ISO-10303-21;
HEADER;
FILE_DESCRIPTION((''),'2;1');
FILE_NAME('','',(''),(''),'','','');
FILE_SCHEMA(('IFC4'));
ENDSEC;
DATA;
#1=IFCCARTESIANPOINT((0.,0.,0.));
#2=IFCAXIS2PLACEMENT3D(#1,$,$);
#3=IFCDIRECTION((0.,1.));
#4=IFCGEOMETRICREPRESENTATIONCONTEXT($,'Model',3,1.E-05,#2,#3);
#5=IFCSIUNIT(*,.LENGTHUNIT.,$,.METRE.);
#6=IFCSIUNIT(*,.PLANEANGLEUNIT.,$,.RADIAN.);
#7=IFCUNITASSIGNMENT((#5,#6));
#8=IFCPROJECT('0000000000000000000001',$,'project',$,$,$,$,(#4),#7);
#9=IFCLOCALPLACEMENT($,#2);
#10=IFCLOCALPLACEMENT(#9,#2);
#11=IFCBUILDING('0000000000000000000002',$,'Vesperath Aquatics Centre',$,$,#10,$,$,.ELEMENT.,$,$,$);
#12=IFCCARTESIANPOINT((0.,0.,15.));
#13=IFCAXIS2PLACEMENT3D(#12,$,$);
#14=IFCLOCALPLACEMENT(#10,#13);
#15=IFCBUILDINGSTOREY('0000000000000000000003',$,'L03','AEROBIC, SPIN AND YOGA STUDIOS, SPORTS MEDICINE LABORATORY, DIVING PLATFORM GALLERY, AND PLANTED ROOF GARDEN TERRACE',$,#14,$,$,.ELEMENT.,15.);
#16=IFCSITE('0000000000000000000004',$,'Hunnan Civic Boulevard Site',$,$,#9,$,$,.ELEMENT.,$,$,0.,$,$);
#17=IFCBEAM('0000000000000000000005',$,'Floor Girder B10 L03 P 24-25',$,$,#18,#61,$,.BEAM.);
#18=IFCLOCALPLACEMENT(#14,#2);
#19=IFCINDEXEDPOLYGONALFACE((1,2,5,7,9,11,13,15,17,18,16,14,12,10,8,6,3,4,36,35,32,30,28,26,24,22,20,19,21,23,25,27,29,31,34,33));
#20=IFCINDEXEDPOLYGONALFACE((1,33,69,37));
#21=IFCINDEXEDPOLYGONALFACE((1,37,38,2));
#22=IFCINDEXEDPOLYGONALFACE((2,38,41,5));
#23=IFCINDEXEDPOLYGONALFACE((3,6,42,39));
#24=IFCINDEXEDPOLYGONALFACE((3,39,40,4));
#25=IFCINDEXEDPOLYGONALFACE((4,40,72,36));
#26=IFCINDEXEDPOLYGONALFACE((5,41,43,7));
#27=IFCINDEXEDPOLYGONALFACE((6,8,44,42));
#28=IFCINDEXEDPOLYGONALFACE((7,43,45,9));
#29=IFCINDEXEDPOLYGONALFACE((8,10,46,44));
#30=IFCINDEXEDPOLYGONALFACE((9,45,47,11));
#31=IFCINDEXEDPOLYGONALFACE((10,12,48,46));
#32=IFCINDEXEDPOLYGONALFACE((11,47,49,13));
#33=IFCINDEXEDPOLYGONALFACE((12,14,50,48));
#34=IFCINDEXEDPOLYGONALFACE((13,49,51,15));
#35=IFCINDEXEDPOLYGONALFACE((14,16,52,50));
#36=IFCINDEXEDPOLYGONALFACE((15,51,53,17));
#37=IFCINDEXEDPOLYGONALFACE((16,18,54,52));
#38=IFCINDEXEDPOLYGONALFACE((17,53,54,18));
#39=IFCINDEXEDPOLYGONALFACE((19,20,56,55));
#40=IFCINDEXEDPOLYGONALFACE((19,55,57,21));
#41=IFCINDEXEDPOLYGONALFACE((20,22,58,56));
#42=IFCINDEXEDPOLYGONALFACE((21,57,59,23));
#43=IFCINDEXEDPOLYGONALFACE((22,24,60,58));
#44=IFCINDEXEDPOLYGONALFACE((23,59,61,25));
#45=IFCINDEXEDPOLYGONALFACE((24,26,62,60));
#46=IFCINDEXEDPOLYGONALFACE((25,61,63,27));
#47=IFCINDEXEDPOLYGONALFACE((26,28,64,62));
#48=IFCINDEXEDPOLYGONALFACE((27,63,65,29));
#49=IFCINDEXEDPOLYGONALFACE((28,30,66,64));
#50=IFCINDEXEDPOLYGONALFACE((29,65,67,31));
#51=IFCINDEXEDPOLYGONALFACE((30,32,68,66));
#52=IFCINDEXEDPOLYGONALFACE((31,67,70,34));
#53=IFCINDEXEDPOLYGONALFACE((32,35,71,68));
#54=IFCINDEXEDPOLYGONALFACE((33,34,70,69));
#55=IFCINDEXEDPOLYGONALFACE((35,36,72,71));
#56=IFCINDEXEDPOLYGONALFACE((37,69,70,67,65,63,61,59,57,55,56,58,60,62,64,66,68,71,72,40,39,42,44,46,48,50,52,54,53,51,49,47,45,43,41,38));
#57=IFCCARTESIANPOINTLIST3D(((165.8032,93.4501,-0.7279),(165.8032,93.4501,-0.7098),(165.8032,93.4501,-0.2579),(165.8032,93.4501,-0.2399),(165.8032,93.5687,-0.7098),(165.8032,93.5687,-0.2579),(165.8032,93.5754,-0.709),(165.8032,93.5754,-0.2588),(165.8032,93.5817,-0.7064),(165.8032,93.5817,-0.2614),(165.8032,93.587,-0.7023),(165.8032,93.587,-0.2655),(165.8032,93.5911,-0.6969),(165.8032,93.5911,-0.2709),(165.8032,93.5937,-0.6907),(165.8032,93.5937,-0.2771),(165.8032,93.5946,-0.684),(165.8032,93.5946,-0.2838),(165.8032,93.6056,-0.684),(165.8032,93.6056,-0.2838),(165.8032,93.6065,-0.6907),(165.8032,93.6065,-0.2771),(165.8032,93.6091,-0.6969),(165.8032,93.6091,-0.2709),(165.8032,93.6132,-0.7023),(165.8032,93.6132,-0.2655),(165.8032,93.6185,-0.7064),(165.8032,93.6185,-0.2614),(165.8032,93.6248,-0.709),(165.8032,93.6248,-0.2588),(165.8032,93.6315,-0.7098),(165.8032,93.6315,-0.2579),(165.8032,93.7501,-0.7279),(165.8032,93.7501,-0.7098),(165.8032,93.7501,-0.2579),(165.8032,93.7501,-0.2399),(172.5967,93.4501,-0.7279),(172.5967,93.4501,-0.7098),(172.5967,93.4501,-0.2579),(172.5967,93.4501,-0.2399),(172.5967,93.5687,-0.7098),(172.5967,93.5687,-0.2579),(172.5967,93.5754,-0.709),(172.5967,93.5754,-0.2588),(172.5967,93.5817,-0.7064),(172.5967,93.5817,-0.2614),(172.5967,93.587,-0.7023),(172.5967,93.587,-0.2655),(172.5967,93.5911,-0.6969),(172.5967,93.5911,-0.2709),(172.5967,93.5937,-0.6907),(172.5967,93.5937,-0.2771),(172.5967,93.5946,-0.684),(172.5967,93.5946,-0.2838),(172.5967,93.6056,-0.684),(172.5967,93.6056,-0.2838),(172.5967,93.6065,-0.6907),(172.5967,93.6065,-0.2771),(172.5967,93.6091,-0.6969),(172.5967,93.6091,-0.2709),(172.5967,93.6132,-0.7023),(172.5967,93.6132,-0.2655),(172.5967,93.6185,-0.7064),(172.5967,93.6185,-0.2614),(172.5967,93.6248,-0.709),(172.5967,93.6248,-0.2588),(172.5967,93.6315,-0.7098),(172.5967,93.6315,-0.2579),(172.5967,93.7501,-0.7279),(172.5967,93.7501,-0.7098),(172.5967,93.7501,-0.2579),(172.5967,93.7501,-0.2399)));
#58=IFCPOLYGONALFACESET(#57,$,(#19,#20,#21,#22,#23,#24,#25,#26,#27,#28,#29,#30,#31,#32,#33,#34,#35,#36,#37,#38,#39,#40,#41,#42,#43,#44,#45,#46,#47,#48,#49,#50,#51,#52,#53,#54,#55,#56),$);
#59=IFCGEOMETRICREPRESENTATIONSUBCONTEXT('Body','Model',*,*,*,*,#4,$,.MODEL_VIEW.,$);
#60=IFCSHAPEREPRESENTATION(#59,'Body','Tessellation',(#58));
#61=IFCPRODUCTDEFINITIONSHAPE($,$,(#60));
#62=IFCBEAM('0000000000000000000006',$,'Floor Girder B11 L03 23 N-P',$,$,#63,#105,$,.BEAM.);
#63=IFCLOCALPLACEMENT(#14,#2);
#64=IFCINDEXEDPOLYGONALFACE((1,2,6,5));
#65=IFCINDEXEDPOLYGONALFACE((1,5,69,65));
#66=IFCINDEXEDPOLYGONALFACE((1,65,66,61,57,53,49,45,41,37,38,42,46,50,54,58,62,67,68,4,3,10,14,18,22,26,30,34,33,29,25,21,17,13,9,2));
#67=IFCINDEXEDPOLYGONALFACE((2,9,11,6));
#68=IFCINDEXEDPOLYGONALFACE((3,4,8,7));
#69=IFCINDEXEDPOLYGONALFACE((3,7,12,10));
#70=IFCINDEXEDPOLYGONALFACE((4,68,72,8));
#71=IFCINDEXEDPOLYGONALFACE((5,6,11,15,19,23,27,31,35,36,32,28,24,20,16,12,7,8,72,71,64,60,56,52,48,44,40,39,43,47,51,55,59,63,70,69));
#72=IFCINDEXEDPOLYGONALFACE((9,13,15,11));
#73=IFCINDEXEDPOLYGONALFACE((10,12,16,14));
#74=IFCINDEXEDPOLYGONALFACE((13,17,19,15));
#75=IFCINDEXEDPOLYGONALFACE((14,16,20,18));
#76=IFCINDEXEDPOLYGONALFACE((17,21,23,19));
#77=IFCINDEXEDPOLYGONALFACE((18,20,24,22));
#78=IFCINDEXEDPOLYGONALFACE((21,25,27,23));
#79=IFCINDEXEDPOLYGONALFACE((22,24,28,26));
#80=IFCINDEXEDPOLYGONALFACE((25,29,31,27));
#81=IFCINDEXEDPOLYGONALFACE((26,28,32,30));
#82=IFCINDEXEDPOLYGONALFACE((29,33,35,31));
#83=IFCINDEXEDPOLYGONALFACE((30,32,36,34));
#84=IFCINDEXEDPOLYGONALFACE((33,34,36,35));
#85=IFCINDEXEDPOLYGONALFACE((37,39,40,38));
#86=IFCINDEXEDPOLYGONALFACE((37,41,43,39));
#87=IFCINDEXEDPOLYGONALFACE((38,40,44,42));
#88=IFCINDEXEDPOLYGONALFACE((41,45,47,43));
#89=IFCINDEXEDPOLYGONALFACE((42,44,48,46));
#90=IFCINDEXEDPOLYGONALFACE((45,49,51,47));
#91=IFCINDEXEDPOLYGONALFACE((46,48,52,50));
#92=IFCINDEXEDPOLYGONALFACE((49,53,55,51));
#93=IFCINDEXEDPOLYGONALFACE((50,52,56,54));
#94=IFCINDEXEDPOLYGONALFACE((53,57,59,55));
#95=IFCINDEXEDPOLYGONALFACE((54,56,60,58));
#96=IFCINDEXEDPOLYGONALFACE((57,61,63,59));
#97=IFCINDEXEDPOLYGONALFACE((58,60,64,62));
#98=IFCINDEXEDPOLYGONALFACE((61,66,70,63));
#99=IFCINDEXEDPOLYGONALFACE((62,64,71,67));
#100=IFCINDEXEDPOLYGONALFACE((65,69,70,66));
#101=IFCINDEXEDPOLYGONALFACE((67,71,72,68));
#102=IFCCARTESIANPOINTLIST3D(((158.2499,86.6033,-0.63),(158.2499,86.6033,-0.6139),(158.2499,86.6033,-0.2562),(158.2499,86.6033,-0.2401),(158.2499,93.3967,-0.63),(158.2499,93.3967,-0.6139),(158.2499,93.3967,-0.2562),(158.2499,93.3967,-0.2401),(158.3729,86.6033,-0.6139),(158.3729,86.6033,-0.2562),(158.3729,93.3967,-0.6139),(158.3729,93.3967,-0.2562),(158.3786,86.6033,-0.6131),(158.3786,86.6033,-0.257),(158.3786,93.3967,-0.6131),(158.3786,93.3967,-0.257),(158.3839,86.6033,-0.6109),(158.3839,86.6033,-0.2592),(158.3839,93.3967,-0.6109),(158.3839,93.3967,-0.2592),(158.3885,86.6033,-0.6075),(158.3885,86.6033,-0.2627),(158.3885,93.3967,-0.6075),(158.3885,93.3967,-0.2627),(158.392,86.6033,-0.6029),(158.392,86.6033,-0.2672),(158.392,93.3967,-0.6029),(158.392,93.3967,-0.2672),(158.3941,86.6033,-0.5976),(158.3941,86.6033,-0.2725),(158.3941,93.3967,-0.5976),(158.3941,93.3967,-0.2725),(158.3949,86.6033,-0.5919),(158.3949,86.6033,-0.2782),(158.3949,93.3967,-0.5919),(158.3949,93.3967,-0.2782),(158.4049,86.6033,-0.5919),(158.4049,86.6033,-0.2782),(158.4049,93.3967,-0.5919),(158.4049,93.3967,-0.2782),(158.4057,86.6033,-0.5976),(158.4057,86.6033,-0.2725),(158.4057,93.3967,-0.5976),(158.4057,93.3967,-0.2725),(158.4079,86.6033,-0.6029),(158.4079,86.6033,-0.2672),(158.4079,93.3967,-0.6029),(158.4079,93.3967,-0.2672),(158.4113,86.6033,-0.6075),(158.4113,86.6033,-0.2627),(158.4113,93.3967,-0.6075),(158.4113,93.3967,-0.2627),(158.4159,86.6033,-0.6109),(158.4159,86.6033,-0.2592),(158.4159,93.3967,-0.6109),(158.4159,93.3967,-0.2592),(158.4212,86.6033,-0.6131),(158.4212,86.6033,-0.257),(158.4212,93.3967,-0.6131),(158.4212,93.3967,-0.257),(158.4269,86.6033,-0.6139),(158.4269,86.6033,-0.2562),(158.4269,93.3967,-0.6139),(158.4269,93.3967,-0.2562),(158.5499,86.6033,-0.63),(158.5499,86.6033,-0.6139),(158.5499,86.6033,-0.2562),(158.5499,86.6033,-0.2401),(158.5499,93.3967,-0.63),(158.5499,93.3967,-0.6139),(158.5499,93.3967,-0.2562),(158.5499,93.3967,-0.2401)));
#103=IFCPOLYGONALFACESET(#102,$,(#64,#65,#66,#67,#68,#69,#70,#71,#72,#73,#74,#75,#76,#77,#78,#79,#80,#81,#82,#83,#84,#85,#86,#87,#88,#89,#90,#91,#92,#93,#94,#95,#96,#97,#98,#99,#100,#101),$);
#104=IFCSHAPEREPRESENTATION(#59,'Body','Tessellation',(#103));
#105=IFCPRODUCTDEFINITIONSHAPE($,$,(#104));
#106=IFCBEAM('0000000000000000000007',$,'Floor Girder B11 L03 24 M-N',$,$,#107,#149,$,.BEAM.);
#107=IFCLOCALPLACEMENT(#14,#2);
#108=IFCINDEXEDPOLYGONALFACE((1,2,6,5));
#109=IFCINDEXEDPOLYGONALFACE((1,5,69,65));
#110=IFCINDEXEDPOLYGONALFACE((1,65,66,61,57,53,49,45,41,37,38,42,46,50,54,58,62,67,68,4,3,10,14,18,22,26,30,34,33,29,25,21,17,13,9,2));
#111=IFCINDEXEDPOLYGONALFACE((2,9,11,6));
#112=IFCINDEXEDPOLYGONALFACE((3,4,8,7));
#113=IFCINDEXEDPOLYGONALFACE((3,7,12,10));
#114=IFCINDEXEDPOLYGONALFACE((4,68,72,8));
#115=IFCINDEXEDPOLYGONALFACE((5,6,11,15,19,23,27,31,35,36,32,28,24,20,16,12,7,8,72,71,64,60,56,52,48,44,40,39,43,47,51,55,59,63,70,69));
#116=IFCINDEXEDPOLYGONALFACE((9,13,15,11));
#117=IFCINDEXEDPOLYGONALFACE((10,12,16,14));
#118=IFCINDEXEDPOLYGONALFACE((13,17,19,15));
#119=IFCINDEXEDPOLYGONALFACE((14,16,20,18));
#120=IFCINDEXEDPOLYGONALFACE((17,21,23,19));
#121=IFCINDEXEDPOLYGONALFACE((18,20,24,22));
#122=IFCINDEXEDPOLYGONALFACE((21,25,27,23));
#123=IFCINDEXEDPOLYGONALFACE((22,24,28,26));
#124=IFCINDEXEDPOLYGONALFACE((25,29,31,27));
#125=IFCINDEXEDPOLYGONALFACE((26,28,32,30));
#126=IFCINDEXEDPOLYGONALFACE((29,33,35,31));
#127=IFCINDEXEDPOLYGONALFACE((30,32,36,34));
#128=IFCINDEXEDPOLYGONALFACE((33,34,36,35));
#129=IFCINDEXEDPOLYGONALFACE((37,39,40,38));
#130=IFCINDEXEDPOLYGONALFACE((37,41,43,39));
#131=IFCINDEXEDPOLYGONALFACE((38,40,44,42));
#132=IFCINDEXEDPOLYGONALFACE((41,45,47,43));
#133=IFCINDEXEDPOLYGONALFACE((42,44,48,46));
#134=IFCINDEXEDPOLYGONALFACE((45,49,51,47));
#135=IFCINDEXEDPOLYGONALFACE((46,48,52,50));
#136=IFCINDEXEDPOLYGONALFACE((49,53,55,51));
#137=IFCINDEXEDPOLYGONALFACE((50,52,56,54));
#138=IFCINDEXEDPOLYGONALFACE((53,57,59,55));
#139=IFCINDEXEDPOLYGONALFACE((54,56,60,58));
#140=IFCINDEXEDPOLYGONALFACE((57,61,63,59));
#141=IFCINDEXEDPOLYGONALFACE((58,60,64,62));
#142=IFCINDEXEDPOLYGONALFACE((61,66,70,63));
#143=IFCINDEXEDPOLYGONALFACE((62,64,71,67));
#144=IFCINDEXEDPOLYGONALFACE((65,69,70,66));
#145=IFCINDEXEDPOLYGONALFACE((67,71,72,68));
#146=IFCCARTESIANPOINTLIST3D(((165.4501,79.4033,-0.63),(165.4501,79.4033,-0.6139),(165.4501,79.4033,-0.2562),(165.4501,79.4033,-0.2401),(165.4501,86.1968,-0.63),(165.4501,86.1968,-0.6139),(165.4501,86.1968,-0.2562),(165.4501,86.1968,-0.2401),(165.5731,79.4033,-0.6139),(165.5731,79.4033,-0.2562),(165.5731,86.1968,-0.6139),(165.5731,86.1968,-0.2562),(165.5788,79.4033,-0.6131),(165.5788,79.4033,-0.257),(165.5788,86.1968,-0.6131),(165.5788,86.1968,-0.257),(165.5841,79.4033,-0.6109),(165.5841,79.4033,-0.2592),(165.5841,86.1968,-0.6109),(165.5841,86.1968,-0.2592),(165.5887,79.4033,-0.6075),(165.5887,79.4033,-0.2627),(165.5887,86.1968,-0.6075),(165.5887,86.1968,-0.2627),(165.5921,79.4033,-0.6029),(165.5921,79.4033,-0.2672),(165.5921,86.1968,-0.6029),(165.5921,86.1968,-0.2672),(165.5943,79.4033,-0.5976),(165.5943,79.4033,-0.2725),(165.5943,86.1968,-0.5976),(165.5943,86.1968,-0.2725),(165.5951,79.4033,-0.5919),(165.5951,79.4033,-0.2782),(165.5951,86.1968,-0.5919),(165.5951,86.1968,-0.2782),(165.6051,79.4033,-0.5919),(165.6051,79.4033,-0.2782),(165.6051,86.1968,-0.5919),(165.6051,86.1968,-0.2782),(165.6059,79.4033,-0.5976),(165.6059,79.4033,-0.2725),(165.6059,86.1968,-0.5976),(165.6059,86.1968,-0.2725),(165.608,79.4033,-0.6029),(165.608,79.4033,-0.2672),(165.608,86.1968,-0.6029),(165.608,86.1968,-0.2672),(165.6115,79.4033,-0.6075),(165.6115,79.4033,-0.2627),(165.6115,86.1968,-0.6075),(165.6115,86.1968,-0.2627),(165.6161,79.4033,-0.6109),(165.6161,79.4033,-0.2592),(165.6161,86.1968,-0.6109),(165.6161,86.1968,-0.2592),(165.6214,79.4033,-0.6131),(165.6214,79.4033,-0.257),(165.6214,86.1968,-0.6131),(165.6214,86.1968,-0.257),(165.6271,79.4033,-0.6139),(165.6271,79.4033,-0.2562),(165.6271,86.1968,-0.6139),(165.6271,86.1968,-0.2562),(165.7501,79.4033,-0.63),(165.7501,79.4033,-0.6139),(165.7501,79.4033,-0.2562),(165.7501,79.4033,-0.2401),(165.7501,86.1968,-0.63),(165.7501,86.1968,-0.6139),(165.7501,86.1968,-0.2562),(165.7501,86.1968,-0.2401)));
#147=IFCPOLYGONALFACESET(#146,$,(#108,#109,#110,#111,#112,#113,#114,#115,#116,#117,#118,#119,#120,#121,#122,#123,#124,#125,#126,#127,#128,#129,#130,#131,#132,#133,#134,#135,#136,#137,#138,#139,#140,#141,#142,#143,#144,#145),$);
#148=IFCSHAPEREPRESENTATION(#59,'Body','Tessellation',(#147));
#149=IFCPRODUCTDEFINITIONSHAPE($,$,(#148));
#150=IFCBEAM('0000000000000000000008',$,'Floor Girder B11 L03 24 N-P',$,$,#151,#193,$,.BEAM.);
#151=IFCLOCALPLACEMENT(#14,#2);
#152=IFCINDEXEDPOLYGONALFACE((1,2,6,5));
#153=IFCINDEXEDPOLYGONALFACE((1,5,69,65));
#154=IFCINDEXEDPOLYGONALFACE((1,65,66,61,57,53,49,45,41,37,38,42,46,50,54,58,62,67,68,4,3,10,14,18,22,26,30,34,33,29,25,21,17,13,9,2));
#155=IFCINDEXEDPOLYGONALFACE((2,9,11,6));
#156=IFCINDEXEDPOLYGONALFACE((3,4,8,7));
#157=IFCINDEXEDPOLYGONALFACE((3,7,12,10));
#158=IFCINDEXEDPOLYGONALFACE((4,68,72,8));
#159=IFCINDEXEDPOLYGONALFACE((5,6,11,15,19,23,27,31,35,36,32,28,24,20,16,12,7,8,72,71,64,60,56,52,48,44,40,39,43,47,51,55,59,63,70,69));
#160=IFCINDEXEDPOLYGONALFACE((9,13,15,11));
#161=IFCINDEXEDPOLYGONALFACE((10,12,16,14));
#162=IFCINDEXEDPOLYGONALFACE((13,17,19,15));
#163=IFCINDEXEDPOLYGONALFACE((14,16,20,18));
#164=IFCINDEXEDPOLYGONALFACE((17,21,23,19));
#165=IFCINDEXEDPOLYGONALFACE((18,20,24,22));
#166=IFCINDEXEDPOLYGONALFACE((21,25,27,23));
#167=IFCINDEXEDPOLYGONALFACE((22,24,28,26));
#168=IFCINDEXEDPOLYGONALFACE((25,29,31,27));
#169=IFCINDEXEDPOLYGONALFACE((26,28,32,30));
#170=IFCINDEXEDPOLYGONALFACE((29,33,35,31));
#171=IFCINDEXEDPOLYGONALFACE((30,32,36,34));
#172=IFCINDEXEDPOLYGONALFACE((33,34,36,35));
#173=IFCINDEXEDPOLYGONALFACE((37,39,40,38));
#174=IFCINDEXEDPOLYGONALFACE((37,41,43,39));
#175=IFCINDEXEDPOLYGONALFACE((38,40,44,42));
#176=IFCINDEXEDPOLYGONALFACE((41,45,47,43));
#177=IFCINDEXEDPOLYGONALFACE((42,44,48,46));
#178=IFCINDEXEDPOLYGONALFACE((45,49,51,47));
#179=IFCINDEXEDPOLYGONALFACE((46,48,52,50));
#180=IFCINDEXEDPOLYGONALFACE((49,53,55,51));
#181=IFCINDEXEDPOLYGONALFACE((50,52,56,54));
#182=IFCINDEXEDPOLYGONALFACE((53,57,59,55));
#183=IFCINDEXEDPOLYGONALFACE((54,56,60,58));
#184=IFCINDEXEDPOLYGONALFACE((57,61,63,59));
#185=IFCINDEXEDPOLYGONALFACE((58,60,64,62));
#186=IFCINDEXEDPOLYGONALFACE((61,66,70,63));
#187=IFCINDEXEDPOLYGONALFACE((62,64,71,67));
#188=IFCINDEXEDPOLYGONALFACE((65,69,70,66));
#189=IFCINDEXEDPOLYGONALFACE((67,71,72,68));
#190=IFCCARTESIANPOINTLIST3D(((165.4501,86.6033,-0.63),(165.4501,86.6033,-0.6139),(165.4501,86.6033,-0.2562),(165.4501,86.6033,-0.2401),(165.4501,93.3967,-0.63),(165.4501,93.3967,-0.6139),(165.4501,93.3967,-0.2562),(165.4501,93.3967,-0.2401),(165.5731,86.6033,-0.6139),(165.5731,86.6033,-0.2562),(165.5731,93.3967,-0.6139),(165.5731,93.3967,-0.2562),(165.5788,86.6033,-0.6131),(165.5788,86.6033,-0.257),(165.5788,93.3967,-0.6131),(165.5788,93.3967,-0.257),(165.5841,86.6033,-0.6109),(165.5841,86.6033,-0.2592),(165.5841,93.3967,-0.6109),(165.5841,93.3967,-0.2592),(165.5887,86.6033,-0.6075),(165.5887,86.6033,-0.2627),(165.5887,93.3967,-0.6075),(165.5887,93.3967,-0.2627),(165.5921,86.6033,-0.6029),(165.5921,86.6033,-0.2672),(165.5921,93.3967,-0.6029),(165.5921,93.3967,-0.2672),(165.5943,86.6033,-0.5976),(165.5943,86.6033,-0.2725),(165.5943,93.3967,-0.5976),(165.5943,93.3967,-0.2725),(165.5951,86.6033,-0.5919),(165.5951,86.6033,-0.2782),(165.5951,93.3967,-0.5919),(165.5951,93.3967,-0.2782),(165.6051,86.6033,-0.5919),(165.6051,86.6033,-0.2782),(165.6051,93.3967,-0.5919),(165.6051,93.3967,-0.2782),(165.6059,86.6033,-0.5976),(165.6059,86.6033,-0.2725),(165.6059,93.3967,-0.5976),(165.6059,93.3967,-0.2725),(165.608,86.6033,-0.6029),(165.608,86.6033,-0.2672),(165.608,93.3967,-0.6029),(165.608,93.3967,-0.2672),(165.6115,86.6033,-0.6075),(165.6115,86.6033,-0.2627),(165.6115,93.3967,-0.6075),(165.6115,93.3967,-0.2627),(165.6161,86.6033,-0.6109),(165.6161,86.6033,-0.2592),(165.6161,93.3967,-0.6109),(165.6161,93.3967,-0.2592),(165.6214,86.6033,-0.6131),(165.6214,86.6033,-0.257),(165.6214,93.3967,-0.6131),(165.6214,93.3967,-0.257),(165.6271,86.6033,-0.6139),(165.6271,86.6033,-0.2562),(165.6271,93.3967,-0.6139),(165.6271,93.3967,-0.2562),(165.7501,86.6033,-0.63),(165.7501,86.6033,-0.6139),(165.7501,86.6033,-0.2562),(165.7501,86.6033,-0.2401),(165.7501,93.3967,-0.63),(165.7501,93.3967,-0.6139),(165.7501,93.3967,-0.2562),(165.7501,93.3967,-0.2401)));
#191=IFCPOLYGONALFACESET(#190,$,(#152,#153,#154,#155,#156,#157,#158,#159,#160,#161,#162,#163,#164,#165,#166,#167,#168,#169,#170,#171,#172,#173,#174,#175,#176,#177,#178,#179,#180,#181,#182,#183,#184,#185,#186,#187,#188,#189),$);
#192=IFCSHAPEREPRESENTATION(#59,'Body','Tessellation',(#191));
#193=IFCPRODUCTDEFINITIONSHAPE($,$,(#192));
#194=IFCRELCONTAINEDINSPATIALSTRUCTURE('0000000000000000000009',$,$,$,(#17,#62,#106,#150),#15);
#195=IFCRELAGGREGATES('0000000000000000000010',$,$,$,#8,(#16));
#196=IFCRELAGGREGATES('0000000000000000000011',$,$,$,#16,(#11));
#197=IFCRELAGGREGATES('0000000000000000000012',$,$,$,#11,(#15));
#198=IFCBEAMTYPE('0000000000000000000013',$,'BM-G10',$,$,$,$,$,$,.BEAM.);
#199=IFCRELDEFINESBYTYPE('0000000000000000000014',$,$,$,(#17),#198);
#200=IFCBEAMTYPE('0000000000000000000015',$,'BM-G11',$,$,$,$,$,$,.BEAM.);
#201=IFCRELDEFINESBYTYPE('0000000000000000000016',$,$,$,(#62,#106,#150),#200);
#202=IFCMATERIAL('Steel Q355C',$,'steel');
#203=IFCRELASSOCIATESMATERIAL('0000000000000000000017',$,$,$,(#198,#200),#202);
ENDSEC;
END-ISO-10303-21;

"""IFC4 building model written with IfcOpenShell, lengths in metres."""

from ifc_helpers import new_model, si_unit, direction, frame, origin, origin_2d, place, context, subcontext, project, spatial, i_section, extrude, material, material_profile, profile_set, type_object, element, save


model = new_model("IFC4")

# Units and contexts
model_context = context("Model", 3, precision=1e-05, world=origin(), true_north=direction((0.0, 1.0)))
body_context = subcontext(model_context, "Body", "Model", "MODEL_VIEW")
ifc_project = project(units=[si_unit("LENGTHUNIT", "METRE"), si_unit("PLANEANGLEUNIT", "RADIAN")], contexts=[model_context])

# Site, building, storey
site_placement = place(None, origin())
site = spatial("IfcSite", under=ifc_project, at=site_placement, Name="Hunnan Civic Boulevard Site", CompositionType="ELEMENT", RefElevation=0.0)
building_placement = place(site_placement, origin())
building = spatial("IfcBuilding", under=site, at=building_placement, Name="Vesperath Aquatics Centre", CompositionType="ELEMENT")
storey_placement = place(building_placement, frame((0.0, 0.0, 15.0)))
storey = spatial("IfcBuildingStorey", under=building, at=storey_placement, Name="L03", Description="AEROBIC, SPIN AND YOGA STUDIOS, SPORTS MEDICINE LABORATORY, DIVING PLATFORM GALLERY, AND PLANTED ROOF GARDEN TERRACE", CompositionType="ELEMENT", Elevation=15.0)

# Beams
ifc_material_1 = material(Name="Steel Q355C", Category="steel")
ifc_material_profile_1 = material_profile(ifc_material_1, i_section(OverallWidth=0.3, OverallDepth=0.488, WebThickness=0.011, FlangeThickness=0.0181, FilletRadius=0.0259, at=origin_2d()), Name="HM 488x300x11x18")
ifc_profile_set_1 = profile_set([ifc_material_profile_1], Name="Steel Q355C")
beam_type_1 = type_object("IfcBeamType", Name="BM-G10", PredefinedType="BEAM", material=ifc_profile_set_1)
for number, where, z_axis, x_axis, name in (
    (1, (165.8032, 93.6001, -0.4839), (1.0, 0.0, 0.0), (0.0, 1.0, 0.0), "Floor Girder B10 L03 P 24-25"),
):
    element("IfcBeam", number, at=place(storey_placement, frame(where, z_axis=z_axis, x_axis=x_axis)), inside=storey, type_object=beam_type_1, Name=name, PredefinedType="BEAM", context=body_context, shape_type="SweptSolid", body=[
        extrude(i_section(OverallWidth=0.3, OverallDepth=0.488, WebThickness=0.011, FlangeThickness=0.0181, FilletRadius=0.0259, at=origin_2d()), origin(), (0.0, 0.0, 1.0), 6.7935),
    ])
ifc_material_profile_2 = material_profile(ifc_material_1, i_section(OverallWidth=0.3, OverallDepth=0.3899, WebThickness=0.01, FlangeThickness=0.0161, FilletRadius=0.022, at=origin_2d()), Name="HM 390x300x10x16")
ifc_profile_set_2 = profile_set([ifc_material_profile_2], Name="Steel Q355C")
beam_type_2 = type_object("IfcBeamType", Name="BM-G11", PredefinedType="BEAM", material=ifc_profile_set_2)
for number, where, z_axis, x_axis, name in (
    (2, (158.3999, 86.6033, -0.4351), (0.0, 1.0, 0.0), (-1.0, 0.0, 0.0), "Floor Girder B11 L03 23 N-P"),
    (3, (165.6001, 79.4033, -0.4351), (0.0, 1.0, 0.0), (-1.0, 0.0, 0.0), "Floor Girder B11 L03 24 M-N"),
    (4, (165.6001, 86.6033, -0.4351), (0.0, 1.0, 0.0), (-1.0, 0.0, 0.0), "Floor Girder B11 L03 24 N-P"),
):
    element("IfcBeam", number, at=place(storey_placement, frame(where, z_axis=z_axis, x_axis=x_axis)), inside=storey, type_object=beam_type_2, Name=name, PredefinedType="BEAM", context=body_context, shape_type="SweptSolid", body=[
        extrude(i_section(OverallWidth=0.3, OverallDepth=0.3899, WebThickness=0.01, FlangeThickness=0.0161, FilletRadius=0.022, at=origin_2d()), origin(), (0.0, 0.0, 1.0), 6.7935),
    ])

save(model, "model.ifc")
